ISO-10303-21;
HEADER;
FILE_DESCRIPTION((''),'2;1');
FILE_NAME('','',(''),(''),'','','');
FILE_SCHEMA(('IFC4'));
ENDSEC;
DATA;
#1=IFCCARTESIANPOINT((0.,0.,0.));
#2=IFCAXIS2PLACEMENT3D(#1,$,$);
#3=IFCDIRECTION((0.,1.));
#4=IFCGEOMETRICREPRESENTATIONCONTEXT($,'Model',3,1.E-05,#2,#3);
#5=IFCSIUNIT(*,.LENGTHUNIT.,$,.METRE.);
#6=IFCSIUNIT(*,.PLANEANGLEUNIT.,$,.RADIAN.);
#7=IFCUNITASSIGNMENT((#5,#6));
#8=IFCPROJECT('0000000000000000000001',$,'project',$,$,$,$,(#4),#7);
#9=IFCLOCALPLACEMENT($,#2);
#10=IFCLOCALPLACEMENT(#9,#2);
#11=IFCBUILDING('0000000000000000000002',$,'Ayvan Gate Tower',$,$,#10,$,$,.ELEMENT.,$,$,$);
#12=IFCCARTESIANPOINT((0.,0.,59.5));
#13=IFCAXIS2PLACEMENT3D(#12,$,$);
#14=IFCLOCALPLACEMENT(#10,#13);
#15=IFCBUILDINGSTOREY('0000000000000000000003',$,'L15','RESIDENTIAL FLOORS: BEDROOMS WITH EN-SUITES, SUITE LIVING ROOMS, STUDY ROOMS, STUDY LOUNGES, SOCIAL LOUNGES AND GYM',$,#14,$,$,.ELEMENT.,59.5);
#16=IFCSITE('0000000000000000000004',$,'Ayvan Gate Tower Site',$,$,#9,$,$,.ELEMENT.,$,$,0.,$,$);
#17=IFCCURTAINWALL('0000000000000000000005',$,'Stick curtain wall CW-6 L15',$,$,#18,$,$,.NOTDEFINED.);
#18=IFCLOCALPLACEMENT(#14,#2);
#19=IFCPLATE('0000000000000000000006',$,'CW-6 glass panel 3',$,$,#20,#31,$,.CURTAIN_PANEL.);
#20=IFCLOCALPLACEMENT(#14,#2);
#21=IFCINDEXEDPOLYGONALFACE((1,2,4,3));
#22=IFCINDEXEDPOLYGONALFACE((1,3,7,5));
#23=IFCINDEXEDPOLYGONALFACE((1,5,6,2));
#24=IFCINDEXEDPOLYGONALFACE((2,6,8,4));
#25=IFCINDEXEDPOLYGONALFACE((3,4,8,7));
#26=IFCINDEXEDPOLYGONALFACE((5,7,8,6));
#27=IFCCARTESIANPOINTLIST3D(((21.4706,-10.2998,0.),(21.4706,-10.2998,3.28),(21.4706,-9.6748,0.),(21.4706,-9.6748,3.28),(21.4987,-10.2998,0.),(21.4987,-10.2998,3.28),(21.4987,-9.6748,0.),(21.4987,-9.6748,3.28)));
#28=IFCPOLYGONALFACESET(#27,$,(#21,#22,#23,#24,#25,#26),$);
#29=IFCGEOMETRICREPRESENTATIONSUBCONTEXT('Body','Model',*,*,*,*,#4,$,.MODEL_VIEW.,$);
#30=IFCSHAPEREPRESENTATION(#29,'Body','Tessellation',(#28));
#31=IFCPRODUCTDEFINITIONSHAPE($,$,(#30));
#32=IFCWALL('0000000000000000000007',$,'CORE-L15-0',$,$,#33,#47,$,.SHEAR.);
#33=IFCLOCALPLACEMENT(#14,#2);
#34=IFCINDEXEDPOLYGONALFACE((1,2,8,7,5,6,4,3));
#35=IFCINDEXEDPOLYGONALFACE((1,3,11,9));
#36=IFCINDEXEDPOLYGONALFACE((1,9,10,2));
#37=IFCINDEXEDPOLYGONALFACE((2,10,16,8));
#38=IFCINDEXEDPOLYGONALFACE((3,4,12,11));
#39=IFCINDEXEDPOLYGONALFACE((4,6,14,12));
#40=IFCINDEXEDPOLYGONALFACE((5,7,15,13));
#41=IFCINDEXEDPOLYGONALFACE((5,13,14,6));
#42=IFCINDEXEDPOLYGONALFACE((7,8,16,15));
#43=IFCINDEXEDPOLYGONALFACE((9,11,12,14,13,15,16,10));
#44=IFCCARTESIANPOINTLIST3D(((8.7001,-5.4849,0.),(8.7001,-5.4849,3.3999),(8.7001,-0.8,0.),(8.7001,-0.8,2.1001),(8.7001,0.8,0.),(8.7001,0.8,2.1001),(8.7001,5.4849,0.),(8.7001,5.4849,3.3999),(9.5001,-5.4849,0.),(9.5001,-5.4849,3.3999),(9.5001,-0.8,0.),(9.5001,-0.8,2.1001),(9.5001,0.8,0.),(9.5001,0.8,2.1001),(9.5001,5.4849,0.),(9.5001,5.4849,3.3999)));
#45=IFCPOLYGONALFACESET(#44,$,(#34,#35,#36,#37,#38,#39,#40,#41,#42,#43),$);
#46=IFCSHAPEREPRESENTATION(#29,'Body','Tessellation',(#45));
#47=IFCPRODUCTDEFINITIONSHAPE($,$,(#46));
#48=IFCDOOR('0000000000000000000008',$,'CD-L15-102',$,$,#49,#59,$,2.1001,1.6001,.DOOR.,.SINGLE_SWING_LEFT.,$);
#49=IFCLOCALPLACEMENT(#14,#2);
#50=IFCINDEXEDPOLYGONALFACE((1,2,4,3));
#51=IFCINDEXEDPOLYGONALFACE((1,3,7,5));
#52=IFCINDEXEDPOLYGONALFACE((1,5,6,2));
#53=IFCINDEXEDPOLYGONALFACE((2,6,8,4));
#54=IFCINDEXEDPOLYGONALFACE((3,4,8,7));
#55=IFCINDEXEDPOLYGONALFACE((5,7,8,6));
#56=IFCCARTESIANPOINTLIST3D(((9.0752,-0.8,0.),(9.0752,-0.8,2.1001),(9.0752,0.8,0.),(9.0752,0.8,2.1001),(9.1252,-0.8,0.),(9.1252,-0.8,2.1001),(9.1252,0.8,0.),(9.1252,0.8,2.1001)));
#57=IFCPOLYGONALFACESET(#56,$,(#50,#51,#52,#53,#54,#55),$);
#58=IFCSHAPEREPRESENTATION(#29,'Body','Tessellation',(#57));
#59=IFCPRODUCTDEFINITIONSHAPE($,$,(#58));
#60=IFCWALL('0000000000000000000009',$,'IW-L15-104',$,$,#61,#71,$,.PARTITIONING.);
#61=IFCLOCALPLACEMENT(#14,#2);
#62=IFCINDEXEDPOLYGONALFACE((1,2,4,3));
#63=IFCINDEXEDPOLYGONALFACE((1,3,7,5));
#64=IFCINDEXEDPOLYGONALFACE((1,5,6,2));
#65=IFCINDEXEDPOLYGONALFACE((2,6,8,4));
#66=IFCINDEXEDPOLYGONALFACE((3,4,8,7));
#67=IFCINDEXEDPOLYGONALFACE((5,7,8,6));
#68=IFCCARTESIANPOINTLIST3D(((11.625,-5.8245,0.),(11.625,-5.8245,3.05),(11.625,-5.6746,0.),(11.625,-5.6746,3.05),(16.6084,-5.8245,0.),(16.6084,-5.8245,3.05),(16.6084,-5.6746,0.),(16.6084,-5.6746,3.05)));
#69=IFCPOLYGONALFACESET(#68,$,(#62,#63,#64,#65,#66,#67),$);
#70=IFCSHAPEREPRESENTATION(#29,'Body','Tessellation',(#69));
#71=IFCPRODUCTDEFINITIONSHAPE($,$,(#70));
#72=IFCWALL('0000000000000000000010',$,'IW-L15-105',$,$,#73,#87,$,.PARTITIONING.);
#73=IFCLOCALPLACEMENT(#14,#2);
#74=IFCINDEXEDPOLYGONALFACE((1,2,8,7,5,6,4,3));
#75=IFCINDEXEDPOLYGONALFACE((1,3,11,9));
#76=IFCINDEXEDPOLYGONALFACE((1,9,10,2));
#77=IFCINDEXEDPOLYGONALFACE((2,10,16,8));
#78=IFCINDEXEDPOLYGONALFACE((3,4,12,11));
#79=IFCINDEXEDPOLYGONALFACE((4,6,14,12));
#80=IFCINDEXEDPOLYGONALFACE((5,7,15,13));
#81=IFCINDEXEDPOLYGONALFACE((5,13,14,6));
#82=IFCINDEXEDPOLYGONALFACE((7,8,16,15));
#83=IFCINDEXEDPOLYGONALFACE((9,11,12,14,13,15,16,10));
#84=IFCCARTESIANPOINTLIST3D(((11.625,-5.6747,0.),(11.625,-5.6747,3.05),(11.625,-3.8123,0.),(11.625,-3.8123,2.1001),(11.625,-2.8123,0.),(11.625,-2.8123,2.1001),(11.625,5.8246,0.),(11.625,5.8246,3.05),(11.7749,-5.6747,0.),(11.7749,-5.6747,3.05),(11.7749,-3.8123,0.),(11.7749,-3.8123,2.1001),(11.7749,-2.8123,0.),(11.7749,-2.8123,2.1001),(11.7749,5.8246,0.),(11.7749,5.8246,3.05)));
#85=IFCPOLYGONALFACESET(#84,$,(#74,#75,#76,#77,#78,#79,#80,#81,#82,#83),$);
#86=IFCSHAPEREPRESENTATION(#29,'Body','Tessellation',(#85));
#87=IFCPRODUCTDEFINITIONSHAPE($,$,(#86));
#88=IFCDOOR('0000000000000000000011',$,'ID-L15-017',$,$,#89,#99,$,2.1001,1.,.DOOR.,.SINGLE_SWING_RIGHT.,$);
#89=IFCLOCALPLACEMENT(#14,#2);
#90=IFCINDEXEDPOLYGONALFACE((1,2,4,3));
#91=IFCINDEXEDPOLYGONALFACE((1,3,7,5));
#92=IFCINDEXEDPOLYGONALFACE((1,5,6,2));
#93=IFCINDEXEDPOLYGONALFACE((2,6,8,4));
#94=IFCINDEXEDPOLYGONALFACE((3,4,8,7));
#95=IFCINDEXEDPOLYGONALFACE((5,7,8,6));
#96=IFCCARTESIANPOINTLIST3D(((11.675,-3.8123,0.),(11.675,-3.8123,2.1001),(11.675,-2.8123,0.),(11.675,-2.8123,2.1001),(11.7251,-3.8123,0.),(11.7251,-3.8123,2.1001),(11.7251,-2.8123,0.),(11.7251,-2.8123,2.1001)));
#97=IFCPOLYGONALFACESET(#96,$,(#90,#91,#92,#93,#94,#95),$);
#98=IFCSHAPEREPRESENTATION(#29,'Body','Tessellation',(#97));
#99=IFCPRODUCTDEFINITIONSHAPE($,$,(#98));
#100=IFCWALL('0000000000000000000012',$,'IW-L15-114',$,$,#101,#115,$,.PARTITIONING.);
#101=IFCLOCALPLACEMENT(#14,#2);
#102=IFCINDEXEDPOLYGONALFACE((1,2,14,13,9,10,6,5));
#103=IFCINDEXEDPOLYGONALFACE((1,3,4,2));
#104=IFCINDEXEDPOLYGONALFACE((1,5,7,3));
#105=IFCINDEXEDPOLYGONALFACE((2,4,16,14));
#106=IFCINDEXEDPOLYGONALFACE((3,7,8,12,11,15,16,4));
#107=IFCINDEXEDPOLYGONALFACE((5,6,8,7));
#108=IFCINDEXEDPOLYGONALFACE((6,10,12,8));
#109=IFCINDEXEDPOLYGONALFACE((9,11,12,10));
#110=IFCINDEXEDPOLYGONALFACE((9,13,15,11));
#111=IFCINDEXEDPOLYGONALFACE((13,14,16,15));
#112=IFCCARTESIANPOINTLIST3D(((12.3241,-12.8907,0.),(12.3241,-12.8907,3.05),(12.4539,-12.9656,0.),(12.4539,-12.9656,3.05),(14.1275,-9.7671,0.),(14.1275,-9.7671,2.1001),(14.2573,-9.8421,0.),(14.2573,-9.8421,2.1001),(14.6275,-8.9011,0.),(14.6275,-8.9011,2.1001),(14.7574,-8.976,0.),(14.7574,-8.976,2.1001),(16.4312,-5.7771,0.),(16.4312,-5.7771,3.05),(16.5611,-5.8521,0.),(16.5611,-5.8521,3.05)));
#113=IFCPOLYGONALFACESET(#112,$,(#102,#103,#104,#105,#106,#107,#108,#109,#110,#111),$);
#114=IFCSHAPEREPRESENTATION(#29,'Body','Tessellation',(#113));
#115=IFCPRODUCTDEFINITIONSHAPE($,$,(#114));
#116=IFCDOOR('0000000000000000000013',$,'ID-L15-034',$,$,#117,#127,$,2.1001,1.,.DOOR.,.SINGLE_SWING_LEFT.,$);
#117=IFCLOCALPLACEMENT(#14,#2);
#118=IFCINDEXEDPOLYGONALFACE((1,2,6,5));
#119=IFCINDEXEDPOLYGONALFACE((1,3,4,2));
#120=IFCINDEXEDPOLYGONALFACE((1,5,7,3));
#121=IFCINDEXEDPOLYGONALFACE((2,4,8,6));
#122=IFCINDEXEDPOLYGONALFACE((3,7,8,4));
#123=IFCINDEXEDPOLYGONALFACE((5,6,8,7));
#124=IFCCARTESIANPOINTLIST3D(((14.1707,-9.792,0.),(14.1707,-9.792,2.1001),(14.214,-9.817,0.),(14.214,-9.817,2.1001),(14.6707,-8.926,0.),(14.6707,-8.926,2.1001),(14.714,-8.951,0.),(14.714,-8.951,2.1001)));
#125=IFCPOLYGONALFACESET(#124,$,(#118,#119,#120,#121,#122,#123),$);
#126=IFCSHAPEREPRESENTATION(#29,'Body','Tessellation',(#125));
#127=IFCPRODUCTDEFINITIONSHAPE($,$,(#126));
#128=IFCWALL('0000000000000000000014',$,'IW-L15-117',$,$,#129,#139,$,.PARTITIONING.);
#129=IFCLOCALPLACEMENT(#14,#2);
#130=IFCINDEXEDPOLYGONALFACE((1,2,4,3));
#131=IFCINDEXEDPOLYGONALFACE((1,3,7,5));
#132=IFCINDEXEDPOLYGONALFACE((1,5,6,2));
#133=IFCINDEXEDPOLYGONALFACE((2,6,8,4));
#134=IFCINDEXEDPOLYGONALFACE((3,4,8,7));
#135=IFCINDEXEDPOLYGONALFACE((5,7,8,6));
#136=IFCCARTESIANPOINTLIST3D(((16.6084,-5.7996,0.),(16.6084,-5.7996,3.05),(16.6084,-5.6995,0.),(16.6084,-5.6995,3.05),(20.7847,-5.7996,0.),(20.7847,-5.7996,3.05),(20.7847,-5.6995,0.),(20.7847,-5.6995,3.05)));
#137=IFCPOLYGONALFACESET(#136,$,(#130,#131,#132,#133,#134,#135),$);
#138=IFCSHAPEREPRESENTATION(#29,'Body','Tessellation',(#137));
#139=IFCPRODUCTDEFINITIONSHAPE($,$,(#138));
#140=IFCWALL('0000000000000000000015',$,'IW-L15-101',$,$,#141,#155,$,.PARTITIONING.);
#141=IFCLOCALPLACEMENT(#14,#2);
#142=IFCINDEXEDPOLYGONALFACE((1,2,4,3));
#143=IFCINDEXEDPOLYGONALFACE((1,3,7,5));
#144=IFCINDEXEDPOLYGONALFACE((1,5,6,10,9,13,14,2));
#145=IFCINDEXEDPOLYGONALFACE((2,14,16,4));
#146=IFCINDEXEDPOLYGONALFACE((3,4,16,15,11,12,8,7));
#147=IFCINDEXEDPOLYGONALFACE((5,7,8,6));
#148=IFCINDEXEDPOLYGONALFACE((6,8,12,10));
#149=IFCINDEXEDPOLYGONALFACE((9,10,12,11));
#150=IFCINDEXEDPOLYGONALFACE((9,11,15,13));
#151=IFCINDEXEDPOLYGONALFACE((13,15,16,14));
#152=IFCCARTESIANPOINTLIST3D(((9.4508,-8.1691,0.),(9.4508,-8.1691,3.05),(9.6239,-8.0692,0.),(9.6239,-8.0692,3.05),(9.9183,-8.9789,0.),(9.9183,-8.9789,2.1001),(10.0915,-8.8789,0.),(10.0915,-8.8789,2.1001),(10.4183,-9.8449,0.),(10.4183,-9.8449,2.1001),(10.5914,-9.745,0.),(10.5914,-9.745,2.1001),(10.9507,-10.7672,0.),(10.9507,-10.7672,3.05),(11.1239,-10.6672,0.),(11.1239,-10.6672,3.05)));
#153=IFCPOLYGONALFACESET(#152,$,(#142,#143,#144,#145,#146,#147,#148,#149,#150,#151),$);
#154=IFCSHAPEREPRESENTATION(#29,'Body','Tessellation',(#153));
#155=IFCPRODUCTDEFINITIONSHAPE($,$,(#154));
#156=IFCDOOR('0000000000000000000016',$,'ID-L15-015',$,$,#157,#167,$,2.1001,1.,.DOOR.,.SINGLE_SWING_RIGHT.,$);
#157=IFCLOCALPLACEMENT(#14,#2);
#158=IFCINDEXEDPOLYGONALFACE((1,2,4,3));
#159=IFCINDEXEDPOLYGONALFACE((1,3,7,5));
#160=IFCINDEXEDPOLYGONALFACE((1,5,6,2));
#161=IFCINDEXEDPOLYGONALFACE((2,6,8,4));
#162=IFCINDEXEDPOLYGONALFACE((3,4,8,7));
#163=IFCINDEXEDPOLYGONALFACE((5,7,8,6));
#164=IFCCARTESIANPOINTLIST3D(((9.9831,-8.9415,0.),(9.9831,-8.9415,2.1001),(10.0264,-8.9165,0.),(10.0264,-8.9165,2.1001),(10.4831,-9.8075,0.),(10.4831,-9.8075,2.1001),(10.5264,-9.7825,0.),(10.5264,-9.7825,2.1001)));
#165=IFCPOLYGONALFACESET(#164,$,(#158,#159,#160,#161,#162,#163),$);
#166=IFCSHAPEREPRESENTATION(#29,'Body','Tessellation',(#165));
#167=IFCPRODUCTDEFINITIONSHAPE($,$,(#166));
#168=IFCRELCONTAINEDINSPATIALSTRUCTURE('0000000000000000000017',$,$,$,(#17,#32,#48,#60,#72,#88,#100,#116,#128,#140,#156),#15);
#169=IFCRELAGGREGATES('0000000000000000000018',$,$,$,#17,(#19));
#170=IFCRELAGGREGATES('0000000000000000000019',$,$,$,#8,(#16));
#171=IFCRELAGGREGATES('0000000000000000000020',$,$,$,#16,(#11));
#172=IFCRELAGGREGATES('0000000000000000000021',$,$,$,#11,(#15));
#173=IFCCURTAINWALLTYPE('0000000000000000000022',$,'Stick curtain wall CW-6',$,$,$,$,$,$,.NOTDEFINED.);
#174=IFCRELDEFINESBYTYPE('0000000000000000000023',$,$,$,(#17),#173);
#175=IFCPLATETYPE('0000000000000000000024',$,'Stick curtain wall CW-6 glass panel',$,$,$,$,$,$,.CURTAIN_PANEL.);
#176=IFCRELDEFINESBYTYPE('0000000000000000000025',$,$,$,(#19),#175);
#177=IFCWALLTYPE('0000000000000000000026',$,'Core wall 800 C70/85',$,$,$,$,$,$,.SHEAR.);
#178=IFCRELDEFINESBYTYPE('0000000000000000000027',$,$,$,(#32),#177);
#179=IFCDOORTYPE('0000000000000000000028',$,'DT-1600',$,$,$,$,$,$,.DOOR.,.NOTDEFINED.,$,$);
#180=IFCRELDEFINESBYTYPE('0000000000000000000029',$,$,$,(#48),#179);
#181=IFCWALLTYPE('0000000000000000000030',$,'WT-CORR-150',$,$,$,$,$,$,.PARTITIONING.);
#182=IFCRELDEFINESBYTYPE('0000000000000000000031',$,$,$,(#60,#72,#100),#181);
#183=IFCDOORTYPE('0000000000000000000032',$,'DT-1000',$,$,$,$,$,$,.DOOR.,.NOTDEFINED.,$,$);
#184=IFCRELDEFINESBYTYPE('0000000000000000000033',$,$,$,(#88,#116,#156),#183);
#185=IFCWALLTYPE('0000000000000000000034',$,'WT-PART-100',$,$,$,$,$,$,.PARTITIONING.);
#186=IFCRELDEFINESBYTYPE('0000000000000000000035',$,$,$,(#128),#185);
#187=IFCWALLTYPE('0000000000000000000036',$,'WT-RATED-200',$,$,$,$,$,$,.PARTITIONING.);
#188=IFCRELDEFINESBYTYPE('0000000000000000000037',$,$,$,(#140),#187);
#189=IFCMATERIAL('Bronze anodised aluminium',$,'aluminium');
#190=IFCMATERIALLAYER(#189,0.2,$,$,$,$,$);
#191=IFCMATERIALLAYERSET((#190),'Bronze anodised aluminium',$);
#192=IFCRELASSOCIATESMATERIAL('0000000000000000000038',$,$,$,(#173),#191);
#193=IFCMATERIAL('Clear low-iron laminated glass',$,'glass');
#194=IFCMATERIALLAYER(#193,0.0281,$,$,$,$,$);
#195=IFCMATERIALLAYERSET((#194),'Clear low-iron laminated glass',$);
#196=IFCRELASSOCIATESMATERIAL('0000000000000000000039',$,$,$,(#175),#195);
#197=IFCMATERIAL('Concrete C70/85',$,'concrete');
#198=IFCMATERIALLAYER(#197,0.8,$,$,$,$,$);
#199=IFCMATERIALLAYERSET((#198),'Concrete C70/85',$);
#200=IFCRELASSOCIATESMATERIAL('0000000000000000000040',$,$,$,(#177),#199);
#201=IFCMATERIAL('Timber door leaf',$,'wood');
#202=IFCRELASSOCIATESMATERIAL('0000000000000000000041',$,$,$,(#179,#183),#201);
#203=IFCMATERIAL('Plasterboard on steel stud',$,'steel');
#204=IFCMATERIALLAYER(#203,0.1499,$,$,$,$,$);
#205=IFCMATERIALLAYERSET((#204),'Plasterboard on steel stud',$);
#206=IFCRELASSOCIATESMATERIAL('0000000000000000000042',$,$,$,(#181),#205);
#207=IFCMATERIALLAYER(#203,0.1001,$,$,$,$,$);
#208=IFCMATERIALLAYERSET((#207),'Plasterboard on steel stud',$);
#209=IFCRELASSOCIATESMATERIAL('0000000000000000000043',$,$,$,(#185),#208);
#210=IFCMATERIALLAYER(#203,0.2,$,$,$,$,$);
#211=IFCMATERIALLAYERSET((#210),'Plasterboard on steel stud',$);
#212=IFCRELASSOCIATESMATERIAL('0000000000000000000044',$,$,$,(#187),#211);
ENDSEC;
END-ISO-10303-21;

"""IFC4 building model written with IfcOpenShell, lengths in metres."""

from ifc_helpers import new_model, si_unit, direction, frame, frame_2d, origin, origin_2d, place, context, subcontext, project, spatial, rectangle, extrude, material, layer, layer_set, type_object, element, fill, aggregate, save


model = new_model("IFC4")

# Units and contexts
model_context = context("Model", 3, precision=1e-05, world=origin(), true_north=direction((0.0, 1.0)))
body_context = subcontext(model_context, "Body", "Model", "MODEL_VIEW")
ifc_project = project(units=[si_unit("LENGTHUNIT", "METRE"), si_unit("PLANEANGLEUNIT", "RADIAN")], contexts=[model_context])

# Site, building, storey
site_placement = place(None, origin())
site = spatial("IfcSite", under=ifc_project, at=site_placement, Name="Ayvan Gate Tower Site", CompositionType="ELEMENT", RefElevation=0.0)
building_placement = place(site_placement, origin())
building = spatial("IfcBuilding", under=site, at=building_placement, Name="Ayvan Gate Tower", CompositionType="ELEMENT")
storey_placement = place(building_placement, frame((0.0, 0.0, 59.5)))
storey = spatial("IfcBuildingStorey", under=building, at=storey_placement, Name="L15", Description="RESIDENTIAL FLOORS: BEDROOMS WITH EN-SUITES, SUITE LIVING ROOMS, STUDY ROOMS, STUDY LOUNGES, SOCIAL LOUNGES AND GYM", CompositionType="ELEMENT", Elevation=59.5)

# Shared definitions
ifc_material_1 = material(Name="Concrete C70/85", Category="concrete")

# Curtain wall
ifc_material_2 = material(Name="Bronze anodised aluminium", Category="aluminium")
ifc_layer_1 = layer(ifc_material_2, 0.2)
ifc_layer_set_1 = layer_set([ifc_layer_1], Name="Bronze anodised aluminium")
curtain_wall_type_1 = type_object("IfcCurtainWallType", Name="Stick curtain wall CW-6", PredefinedType="NOTDEFINED", material=ifc_layer_set_1)
curtain_wall_1_placement = place(storey_placement, origin())
curtain_wall_1 = element("IfcCurtainWall", 1, at=curtain_wall_1_placement, inside=storey, type_object=curtain_wall_type_1, Name="Stick curtain wall CW-6 L15", PredefinedType="NOTDEFINED")

# Plate
ifc_material_3 = material(Name="Clear low-iron laminated glass", Category="glass")
ifc_layer_2 = layer(ifc_material_3, 0.0281)
ifc_layer_set_2 = layer_set([ifc_layer_2], Name="Clear low-iron laminated glass")
plate_type_1 = type_object("IfcPlateType", Name="Stick curtain wall CW-6 glass panel", PredefinedType="CURTAIN_PANEL", material=ifc_layer_set_2)
plate_1_placement = place(storey_placement, frame((21.4846, -9.9873, 0.0), z_axis=(0.0, 0.0, 1.0), x_axis=(0.0, 1.0, 0.0)))
plate_1 = element("IfcPlate", 2, at=plate_1_placement, type_object=plate_type_1, Name="CW-6 glass panel 3", PredefinedType="CURTAIN_PANEL", context=body_context, shape_type="SweptSolid", body=[
    extrude(rectangle(XDim=0.625, YDim=0.0281, at=origin_2d()), origin(), (0.0, 0.0, 1.0), 3.28),
])
aggregate(curtain_wall_1, [plate_1])

# Wall, opening, door
ifc_layer_3 = layer(ifc_material_1, 0.8)
ifc_layer_set_3 = layer_set([ifc_layer_3], Name="Concrete C70/85")
wall_type_1 = type_object("IfcWallType", Name="Core wall 800 C70/85", PredefinedType="SHEAR", material=ifc_layer_set_3)
wall_1_placement = place(storey_placement, frame((9.1001, -5.4849, 0.0), z_axis=(0.0, 0.0, 1.0), x_axis=(0.0, 1.0, 0.0)))
wall_1 = element("IfcWall", 3, at=wall_1_placement, inside=storey, type_object=wall_type_1, Name="CORE-L15-0", PredefinedType="SHEAR", context=body_context, shape_type="SweptSolid", body=[
    extrude(rectangle(XDim=10.9697, YDim=0.8, at=frame_2d((5.4849, 0.0))), origin(), (0.0, 0.0, 1.0), 3.3999),
])
opening_1_placement = place(wall_1_placement, frame((4.6848, 0.0, 0.0)))
opening_1 = element("IfcOpeningElement", 4, at=opening_1_placement, cuts=wall_1, PredefinedType="OPENING", context=body_context, shape_type="SweptSolid", body=[
    extrude(rectangle(XDim=1.6001, YDim=2.1001, at=frame_2d((0.8, 1.05))), frame((0.0, 0.4099, 0.0), z_axis=(0.0, -1.0, 0.0), x_axis=(1.0, 0.0, 0.0)), (0.0, 0.0, 1.0), 0.8201),
])
ifc_material_4 = material(Name="Timber door leaf", Category="wood")
door_type_1 = type_object("IfcDoorType", Name="DT-1600", OperationType="NOTDEFINED", PredefinedType="DOOR", material=ifc_material_4)
door_1_placement = place(opening_1_placement, origin())
door_1 = element("IfcDoor", 5, at=door_1_placement, inside=storey, type_object=door_type_1, Name="CD-L15-102", OperationType="SINGLE_SWING_LEFT", OverallHeight=2.1001, OverallWidth=1.6001, PredefinedType="DOOR", context=body_context, shape_type="SweptSolid", body=[
    extrude(rectangle(XDim=1.6001, YDim=2.1001, at=frame_2d((0.8, 1.05))), frame((0.0, 0.0249, 0.0), z_axis=(0.0, -1.0, 0.0), x_axis=(1.0, 0.0, 0.0)), (0.0, 0.0, 1.0), 0.05),
])
fill(opening_1, door_1)

# Wall
ifc_material_5 = material(Name="Plasterboard on steel stud", Category="steel")
ifc_layer_4 = layer(ifc_material_5, 0.1499)
ifc_layer_set_4 = layer_set([ifc_layer_4], Name="Plasterboard on steel stud")
wall_type_2 = type_object("IfcWallType", Name="WT-CORR-150", PredefinedType="PARTITIONING", material=ifc_layer_set_4)
wall_2_placement = place(storey_placement, frame((11.625, -5.7495, 0.0), z_axis=(0.0, 0.0, 1.0), x_axis=(1.0, 0.0, 0.0)))
element("IfcWall", 6, at=wall_2_placement, inside=storey, type_object=wall_type_2, Name="IW-L15-104", PredefinedType="PARTITIONING", context=body_context, shape_type="SweptSolid", body=[
    extrude(rectangle(XDim=4.9834, YDim=0.1499, at=frame_2d((2.4917, 0.0))), origin(), (0.0, 0.0, 1.0), 3.05),
])

# Walls, openings, doors
wall_3_placement = place(storey_placement, frame((11.7, -5.6746, 0.0), z_axis=(0.0, 0.0, 1.0), x_axis=(0.0, 1.0, 0.0)))
wall_3 = element("IfcWall", 7, at=wall_3_placement, inside=storey, type_object=wall_type_2, Name="IW-L15-105", PredefinedType="PARTITIONING", context=body_context, shape_type="SweptSolid", body=[
    extrude(rectangle(XDim=11.4993, YDim=0.1499, at=frame_2d((5.7495, 0.0))), origin(), (0.0, 0.0, 1.0), 3.05),
])
opening_2_placement = place(wall_3_placement, frame((1.8623, 0.0, 0.0)))
opening_2 = element("IfcOpeningElement", 8, at=opening_2_placement, cuts=wall_3, PredefinedType="OPENING", context=body_context, shape_type="SweptSolid", body=[
    extrude(rectangle(XDim=1.0, YDim=2.1001, at=frame_2d((0.5, 1.05))), frame((0.0, 0.085, 0.0), z_axis=(0.0, -1.0, 0.0), x_axis=(1.0, 0.0, 0.0)), (0.0, 0.0, 1.0), 0.1699),
])
door_type_2 = type_object("IfcDoorType", Name="DT-1000", OperationType="NOTDEFINED", PredefinedType="DOOR", material=ifc_material_4)
door_2_placement = place(opening_2_placement, origin())
door_2 = element("IfcDoor", 9, at=door_2_placement, inside=storey, type_object=door_type_2, Name="ID-L15-017", OperationType="SINGLE_SWING_RIGHT", OverallHeight=2.1001, OverallWidth=1.0, PredefinedType="DOOR", context=body_context, shape_type="SweptSolid", body=[
    extrude(rectangle(XDim=1.0, YDim=2.1001, at=frame_2d((0.5, 1.05))), frame((0.0, 0.0249, 0.0), z_axis=(0.0, -1.0, 0.0), x_axis=(1.0, 0.0, 0.0)), (0.0, 0.0, 1.0), 0.05),
])
fill(opening_2, door_2)
wall_4_placement = place(storey_placement, frame((16.4961, -5.8147, 0.0), z_axis=(0.0, 0.0, 1.0), x_axis=(-0.500017, -0.866016, 0.0)))
wall_4 = element("IfcWall", 10, at=wall_4_placement, inside=storey, type_object=wall_type_2, Name="IW-L15-114", PredefinedType="PARTITIONING", context=body_context, shape_type="SweptSolid", body=[
    extrude(rectangle(XDim=8.2141, YDim=0.1499, at=frame_2d((4.1069, 0.0))), origin(), (0.0, 0.0, 1.0), 3.05),
])
opening_3_placement = place(wall_4_placement, frame((3.6072, 0.0, 0.0)))
opening_3 = element("IfcOpeningElement", 11, at=opening_3_placement, cuts=wall_4, PredefinedType="OPENING", context=body_context, shape_type="SweptSolid", body=[
    extrude(rectangle(XDim=1.0, YDim=2.1001, at=frame_2d((0.5, 1.05))), frame((0.0, 0.085, 0.0), z_axis=(0.0, -1.0, 0.0), x_axis=(1.0, 0.0, 0.0)), (0.0, 0.0, 1.0), 0.1699),
])
door_3_placement = place(opening_3_placement, origin())
door_3 = element("IfcDoor", 12, at=door_3_placement, inside=storey, type_object=door_type_2, Name="ID-L15-034", OperationType="SINGLE_SWING_LEFT", OverallHeight=2.1001, OverallWidth=1.0, PredefinedType="DOOR", context=body_context, shape_type="SweptSolid", body=[
    extrude(rectangle(XDim=1.0, YDim=2.1001, at=frame_2d((0.5, 1.05))), frame((0.0, 0.0249, 0.0), z_axis=(0.0, -1.0, 0.0), x_axis=(1.0, 0.0, 0.0)), (0.0, 0.0, 1.0), 0.05),
])
fill(opening_3, door_3)

# Wall
ifc_layer_5 = layer(ifc_material_5, 0.1001)
ifc_layer_set_5 = layer_set([ifc_layer_5], Name="Plasterboard on steel stud")
wall_type_3 = type_object("IfcWallType", Name="WT-PART-100", PredefinedType="PARTITIONING", material=ifc_layer_set_5)
wall_5_placement = place(storey_placement, frame((20.7847, -5.7495, 0.0), z_axis=(0.0, 0.0, 1.0), x_axis=(-1.0, 0.0, 0.0)))
element("IfcWall", 13, at=wall_5_placement, inside=storey, type_object=wall_type_3, Name="IW-L15-117", PredefinedType="PARTITIONING", context=body_context, shape_type="SweptSolid", body=[
    extrude(rectangle(XDim=4.1763, YDim=0.1001, at=frame_2d((2.0881, 0.0))), origin(), (0.0, 0.0, 1.0), 3.05),
])

# Wall, opening, door
ifc_layer_6 = layer(ifc_material_5, 0.2)
ifc_layer_set_6 = layer_set([ifc_layer_6], Name="Plasterboard on steel stud")
wall_type_4 = type_object("IfcWallType", Name="WT-RATED-200", PredefinedType="PARTITIONING", material=ifc_layer_set_6)
wall_6_placement = place(storey_placement, frame((9.5374, -8.1191, 0.0), z_axis=(0.0, 0.0, 1.0), x_axis=(0.49999, -0.866031, 0.0)))
wall_6 = element("IfcWall", 14, at=wall_6_placement, inside=storey, type_object=wall_type_4, Name="IW-L15-101", PredefinedType="PARTITIONING", context=body_context, shape_type="SweptSolid", body=[
    extrude(rectangle(XDim=3.0, YDim=0.2, at=frame_2d((1.5, 0.0))), origin(), (0.0, 0.0, 1.0), 3.05),
])
opening_4_placement = place(wall_6_placement, frame((0.9351, 0.0, 0.0)))
opening_4 = element("IfcOpeningElement", 15, at=opening_4_placement, cuts=wall_6, PredefinedType="OPENING", context=body_context, shape_type="SweptSolid", body=[
    extrude(rectangle(XDim=1.0, YDim=2.1001, at=frame_2d((0.5, 1.05))), frame((0.0, 0.1099, 0.0), z_axis=(0.0, -1.0, 0.0), x_axis=(1.0, 0.0, 0.0)), (0.0, 0.0, 1.0), 0.22),
])
door_4_placement = place(opening_4_placement, origin())
door_4 = element("IfcDoor", 16, at=door_4_placement, inside=storey, type_object=door_type_2, Name="ID-L15-015", OperationType="SINGLE_SWING_RIGHT", OverallHeight=2.1001, OverallWidth=1.0, PredefinedType="DOOR", context=body_context, shape_type="SweptSolid", body=[
    extrude(rectangle(XDim=1.0, YDim=2.1001, at=frame_2d((0.5, 1.05))), frame((0.0, 0.0249, 0.0), z_axis=(0.0, -1.0, 0.0), x_axis=(1.0, 0.0, 0.0)), (0.0, 0.0, 1.0), 0.05),
])
fill(opening_4, door_4)

save(model, "model.ifc")
